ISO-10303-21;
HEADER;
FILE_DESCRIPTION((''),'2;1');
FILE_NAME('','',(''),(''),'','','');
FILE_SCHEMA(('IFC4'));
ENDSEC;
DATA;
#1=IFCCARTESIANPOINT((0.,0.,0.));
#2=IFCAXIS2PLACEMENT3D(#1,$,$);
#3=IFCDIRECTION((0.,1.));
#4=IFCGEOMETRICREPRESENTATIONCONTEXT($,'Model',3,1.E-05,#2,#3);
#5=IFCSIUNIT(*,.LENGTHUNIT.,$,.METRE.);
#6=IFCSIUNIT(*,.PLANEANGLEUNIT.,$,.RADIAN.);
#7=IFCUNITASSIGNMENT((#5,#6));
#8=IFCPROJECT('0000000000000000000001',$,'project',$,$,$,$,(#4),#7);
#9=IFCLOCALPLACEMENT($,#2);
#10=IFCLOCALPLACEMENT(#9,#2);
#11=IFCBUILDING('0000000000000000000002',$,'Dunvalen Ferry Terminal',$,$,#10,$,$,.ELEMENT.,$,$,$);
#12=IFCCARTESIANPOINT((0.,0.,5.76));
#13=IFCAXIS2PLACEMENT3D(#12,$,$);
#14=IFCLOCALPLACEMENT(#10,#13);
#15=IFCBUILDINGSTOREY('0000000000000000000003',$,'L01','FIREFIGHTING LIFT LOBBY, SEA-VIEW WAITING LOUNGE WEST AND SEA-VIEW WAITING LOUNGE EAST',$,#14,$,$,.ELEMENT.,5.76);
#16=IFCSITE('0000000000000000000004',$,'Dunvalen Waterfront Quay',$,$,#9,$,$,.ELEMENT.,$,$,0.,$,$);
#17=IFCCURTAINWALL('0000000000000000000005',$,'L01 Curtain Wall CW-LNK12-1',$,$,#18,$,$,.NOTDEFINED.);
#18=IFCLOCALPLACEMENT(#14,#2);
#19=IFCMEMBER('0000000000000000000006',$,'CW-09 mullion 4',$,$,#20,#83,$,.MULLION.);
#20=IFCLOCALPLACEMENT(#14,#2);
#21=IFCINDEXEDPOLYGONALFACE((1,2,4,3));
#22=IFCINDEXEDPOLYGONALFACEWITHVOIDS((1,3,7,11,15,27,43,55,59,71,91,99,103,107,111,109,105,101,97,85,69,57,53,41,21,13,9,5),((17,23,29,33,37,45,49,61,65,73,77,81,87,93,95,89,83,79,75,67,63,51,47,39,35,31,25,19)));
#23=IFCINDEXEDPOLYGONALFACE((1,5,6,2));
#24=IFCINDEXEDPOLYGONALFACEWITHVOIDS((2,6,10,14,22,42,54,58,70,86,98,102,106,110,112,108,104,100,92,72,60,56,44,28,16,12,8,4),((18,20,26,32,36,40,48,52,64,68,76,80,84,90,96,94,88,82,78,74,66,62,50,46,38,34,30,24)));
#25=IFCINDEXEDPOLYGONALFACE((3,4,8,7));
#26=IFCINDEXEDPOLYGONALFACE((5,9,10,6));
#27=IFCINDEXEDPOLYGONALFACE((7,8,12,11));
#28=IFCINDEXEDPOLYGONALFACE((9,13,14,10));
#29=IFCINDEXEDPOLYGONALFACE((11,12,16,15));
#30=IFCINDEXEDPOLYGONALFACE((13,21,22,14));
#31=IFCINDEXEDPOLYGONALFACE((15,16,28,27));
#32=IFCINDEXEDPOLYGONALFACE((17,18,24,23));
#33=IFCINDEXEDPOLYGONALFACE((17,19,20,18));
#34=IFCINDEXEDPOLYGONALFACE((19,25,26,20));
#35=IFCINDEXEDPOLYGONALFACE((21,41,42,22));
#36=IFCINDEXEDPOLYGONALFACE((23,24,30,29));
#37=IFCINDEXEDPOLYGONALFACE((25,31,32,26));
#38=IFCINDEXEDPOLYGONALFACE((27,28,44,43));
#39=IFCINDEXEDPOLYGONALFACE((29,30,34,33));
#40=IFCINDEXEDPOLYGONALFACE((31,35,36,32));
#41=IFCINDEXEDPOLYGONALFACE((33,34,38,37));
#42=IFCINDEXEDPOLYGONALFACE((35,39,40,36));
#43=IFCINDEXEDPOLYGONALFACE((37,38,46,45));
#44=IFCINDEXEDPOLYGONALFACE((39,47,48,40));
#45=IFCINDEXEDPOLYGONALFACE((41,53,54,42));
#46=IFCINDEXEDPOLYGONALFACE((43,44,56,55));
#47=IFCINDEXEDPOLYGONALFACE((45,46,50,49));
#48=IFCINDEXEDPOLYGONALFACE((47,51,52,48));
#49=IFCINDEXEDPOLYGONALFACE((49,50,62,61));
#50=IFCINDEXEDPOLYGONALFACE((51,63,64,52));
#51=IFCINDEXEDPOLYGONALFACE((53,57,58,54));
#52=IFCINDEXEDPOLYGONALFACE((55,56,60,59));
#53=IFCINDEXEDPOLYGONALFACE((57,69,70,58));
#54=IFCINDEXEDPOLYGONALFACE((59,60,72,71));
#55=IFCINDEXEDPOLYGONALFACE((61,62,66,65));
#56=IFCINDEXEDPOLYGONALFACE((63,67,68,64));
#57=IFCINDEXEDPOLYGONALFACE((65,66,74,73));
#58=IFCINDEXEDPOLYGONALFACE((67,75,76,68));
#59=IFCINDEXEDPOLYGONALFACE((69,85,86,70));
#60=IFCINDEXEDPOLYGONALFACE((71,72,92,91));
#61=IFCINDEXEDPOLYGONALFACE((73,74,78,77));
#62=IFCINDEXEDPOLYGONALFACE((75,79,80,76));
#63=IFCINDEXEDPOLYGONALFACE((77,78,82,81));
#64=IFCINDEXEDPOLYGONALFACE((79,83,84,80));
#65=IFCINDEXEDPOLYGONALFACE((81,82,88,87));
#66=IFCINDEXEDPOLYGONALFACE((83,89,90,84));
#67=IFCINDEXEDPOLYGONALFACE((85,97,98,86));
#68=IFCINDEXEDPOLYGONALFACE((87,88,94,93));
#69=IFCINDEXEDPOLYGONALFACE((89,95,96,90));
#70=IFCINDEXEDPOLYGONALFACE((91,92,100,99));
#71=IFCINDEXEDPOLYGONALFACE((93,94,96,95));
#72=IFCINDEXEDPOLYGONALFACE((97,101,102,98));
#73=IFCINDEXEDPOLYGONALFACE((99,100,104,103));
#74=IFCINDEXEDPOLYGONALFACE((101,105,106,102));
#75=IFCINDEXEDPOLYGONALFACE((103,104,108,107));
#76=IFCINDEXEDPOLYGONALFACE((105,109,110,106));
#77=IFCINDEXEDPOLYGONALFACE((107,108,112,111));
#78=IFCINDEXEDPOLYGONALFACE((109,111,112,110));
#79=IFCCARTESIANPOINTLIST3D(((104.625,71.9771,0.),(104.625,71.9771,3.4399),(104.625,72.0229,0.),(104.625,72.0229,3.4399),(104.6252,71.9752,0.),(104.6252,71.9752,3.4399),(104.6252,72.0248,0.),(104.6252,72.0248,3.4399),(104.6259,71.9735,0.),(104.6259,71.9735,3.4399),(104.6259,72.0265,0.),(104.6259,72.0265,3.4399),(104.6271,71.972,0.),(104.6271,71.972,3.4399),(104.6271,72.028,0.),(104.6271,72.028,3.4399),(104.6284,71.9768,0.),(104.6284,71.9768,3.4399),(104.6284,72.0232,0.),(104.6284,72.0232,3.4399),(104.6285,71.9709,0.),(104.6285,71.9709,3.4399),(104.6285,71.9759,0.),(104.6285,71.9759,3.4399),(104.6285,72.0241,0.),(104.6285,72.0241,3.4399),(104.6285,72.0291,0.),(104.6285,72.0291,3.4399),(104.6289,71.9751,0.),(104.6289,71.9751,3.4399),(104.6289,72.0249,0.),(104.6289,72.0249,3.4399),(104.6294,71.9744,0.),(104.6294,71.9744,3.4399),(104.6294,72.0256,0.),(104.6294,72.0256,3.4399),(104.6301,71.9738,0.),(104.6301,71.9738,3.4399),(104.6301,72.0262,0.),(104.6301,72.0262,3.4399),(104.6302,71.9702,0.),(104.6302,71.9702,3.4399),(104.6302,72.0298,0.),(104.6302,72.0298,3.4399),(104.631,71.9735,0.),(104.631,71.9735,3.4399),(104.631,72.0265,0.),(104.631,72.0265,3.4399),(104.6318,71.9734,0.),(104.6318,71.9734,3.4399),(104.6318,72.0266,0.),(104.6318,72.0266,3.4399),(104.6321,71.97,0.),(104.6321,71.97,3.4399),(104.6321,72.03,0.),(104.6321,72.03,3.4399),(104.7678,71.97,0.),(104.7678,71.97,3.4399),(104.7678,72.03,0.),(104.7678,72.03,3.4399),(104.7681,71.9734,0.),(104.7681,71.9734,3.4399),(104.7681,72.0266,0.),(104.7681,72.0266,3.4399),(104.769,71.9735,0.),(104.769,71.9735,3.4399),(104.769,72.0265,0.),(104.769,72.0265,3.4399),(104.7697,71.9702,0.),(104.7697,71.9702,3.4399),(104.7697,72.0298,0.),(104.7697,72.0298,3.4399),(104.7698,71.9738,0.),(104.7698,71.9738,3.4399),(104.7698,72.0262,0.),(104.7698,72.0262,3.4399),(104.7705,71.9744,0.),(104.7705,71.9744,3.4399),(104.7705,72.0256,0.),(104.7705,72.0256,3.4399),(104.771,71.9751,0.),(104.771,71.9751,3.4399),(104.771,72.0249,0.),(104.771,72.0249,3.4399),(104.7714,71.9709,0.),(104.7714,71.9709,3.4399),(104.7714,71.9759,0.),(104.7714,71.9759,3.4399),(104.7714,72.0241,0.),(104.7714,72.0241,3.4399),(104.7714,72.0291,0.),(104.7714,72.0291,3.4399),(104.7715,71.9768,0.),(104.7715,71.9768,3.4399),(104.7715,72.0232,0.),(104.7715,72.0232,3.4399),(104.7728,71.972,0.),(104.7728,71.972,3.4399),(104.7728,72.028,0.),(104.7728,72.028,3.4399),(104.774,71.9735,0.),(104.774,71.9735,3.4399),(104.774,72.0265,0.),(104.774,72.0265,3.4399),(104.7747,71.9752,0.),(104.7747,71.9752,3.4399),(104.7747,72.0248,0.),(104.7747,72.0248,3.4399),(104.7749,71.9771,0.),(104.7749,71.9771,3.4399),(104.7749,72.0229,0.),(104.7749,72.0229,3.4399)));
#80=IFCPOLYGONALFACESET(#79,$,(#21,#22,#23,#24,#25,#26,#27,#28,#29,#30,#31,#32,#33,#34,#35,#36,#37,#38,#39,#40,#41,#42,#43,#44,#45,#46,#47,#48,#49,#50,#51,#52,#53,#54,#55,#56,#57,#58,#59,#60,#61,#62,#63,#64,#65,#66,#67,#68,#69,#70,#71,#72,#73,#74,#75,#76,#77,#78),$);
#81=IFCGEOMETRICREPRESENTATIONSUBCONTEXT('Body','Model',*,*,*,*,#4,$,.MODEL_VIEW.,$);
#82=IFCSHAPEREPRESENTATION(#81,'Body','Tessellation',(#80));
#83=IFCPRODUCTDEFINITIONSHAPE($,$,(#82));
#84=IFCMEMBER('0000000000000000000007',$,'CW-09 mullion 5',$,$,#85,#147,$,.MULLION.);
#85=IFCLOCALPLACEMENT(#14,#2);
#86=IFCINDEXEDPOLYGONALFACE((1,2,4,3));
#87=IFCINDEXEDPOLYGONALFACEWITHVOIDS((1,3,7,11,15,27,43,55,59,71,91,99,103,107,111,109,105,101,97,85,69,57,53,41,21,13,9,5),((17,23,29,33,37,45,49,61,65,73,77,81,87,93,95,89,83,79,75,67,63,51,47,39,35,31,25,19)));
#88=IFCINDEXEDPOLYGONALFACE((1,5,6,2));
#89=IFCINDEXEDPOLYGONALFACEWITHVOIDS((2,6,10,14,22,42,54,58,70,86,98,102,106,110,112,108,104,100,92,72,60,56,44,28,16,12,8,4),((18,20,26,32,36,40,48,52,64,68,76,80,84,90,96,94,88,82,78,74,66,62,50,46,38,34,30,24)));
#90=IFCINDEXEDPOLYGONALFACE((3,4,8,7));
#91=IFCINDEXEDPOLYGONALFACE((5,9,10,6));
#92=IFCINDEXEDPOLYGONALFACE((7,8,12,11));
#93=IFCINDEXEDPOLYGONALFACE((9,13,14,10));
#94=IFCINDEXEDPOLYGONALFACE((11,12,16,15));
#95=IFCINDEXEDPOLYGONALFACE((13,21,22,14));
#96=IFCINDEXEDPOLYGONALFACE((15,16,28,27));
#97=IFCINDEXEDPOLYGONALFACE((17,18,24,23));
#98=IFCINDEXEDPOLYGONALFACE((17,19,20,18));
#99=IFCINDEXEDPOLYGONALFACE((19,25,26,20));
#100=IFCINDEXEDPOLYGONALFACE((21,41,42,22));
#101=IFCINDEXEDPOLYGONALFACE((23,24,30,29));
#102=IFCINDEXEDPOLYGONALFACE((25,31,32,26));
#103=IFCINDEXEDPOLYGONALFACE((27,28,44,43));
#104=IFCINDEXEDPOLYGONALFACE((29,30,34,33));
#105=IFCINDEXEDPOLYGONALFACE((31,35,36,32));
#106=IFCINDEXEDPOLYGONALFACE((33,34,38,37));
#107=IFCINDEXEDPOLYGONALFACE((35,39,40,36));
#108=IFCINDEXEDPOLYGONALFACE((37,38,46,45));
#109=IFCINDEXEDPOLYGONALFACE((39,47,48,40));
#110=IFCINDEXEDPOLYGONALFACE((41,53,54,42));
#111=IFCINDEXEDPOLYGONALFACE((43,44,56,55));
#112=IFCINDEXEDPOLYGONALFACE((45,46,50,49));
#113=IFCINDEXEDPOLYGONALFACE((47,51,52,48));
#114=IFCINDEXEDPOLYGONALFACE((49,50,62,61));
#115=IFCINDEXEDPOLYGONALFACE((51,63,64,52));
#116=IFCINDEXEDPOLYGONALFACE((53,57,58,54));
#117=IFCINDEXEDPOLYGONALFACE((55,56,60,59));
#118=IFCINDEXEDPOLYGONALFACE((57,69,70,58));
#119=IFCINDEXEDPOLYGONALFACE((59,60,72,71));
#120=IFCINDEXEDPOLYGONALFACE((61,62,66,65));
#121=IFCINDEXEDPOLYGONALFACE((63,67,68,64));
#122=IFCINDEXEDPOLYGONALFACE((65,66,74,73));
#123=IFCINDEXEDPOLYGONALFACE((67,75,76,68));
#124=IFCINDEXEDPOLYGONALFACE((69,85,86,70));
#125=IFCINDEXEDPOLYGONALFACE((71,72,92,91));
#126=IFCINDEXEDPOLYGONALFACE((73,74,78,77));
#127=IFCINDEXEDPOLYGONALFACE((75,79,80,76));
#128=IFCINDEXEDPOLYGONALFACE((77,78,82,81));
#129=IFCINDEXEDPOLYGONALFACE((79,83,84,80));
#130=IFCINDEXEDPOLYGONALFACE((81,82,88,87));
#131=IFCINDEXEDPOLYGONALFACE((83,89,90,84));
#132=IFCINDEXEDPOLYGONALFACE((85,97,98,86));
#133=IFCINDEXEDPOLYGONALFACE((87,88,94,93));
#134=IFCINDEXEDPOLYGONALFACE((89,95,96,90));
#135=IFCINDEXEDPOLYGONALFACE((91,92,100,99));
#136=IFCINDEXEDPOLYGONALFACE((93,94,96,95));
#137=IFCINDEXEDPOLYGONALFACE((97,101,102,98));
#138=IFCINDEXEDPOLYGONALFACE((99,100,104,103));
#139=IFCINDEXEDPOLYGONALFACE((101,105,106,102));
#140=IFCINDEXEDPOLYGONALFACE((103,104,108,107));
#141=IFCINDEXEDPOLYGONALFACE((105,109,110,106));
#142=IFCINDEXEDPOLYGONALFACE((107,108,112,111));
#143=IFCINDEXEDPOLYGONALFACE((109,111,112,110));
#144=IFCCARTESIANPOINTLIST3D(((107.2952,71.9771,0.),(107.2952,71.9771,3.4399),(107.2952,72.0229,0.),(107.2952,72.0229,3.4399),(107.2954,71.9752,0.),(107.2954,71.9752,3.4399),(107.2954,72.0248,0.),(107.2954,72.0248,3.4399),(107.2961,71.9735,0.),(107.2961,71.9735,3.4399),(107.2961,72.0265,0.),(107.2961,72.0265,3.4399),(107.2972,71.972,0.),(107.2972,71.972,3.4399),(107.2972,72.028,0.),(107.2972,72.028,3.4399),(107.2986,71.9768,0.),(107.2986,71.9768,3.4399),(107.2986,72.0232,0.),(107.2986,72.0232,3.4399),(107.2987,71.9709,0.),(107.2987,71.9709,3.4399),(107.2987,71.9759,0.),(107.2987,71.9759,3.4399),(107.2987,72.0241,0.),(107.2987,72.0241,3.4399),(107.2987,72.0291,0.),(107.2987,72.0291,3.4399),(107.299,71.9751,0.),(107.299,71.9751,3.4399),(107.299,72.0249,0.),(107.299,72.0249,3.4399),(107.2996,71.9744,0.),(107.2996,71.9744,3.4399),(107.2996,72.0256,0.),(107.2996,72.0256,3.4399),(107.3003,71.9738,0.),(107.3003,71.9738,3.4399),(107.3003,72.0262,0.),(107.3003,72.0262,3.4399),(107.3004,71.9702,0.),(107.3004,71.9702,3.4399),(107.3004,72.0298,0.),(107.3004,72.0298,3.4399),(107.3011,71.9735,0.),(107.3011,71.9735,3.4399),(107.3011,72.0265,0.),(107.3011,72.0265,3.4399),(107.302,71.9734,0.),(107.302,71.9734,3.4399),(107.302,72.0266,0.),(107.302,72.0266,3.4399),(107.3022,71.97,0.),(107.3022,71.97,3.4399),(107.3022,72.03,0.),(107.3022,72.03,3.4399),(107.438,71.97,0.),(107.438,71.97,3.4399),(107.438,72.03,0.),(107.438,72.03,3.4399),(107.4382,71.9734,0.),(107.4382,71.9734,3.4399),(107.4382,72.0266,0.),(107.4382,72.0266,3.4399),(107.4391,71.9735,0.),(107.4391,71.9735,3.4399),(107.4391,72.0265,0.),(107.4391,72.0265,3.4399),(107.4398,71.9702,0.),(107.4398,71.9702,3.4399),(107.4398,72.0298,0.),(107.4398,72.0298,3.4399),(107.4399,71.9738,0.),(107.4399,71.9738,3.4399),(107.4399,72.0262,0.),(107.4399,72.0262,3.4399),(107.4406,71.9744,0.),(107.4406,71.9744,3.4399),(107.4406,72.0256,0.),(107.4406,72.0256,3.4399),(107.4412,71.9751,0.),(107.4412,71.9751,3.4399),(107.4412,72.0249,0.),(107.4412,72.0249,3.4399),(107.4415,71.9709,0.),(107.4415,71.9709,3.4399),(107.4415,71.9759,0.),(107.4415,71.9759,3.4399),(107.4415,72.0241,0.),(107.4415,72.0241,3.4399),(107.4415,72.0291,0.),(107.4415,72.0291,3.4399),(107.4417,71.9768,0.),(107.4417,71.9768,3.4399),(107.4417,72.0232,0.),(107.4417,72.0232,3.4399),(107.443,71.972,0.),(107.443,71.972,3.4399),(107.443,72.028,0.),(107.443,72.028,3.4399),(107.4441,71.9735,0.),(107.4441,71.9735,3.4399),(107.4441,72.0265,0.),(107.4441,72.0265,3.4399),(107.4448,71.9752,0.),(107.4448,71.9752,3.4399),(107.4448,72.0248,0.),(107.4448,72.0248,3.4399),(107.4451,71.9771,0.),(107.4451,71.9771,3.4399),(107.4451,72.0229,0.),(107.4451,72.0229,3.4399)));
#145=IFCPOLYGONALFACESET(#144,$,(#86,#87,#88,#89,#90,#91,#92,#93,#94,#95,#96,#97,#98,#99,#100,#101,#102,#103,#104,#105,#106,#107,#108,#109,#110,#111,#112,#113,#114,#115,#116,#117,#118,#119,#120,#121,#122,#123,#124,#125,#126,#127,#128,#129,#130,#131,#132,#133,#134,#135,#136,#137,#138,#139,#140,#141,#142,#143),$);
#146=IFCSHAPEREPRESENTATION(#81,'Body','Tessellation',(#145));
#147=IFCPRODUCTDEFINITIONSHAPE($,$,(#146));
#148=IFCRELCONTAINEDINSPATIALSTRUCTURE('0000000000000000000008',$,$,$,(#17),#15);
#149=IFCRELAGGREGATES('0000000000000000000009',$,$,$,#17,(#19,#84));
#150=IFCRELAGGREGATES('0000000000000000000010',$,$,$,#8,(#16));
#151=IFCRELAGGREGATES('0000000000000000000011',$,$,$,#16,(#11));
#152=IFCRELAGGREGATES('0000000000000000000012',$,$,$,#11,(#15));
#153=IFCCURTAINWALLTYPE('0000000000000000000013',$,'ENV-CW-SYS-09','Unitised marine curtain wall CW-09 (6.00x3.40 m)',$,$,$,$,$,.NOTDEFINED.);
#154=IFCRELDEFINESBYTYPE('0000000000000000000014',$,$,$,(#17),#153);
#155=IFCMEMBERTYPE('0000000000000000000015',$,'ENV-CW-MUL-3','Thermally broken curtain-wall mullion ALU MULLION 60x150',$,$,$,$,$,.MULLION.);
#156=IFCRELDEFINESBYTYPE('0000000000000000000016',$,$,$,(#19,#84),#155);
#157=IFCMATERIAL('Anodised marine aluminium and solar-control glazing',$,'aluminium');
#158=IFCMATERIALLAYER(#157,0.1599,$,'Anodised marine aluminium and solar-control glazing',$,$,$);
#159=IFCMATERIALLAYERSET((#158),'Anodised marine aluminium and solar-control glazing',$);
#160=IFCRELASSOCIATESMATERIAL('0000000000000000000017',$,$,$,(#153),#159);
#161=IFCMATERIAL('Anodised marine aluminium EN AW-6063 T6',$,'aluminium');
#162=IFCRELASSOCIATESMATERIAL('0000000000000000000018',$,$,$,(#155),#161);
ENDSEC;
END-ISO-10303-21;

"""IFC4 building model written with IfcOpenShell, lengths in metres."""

from ifc_helpers import new_model, si_unit, direction, frame, origin, origin_2d, place, context, subcontext, project, spatial, hollow_rectangle, extrude, material, layer, layer_set, material_profile, profile_set, type_object, element, aggregate, save


model = new_model("IFC4")

# Units and contexts
model_context = context("Model", 3, precision=1e-05, world=origin(), true_north=direction((0.0, 1.0)))
body_context = subcontext(model_context, "Body", "Model", "MODEL_VIEW")
ifc_project = project(units=[si_unit("LENGTHUNIT", "METRE"), si_unit("PLANEANGLEUNIT", "RADIAN")], contexts=[model_context])

# Site, building, storey
site_placement = place(None, origin())
site = spatial("IfcSite", under=ifc_project, at=site_placement, Name="Dunvalen Waterfront Quay", CompositionType="ELEMENT", RefElevation=0.0)
building_placement = place(site_placement, origin())
building = spatial("IfcBuilding", under=site, at=building_placement, Name="Dunvalen Ferry Terminal", CompositionType="ELEMENT")
storey_placement = place(building_placement, frame((0.0, 0.0, 5.76)))
storey = spatial("IfcBuildingStorey", under=building, at=storey_placement, Name="L01", Description="FIREFIGHTING LIFT LOBBY, SEA-VIEW WAITING LOUNGE WEST AND SEA-VIEW WAITING LOUNGE EAST", CompositionType="ELEMENT", Elevation=5.76)

# Curtain wall, members
ifc_material_1 = material(Name="Anodised marine aluminium and solar-control glazing", Category="aluminium")
ifc_material_2 = material(Name="Anodised marine aluminium EN AW-6063 T6", Category="aluminium")
ifc_layer_1 = layer(ifc_material_1, 0.1599, Name="Anodised marine aluminium and solar-control glazing")
ifc_layer_set_1 = layer_set([ifc_layer_1], Name="Anodised marine aluminium and solar-control glazing")
curtain_wall_type_1 = type_object("IfcCurtainWallType", Name="ENV-CW-SYS-09", Description="Unitised marine curtain wall CW-09 (6.00x3.40 m)", PredefinedType="NOTDEFINED", material=ifc_layer_set_1)
curtain_wall_1_placement = place(storey_placement, origin())
curtain_wall_1 = element("IfcCurtainWall", 1, at=curtain_wall_1_placement, inside=storey, type_object=curtain_wall_type_1, Name="L01 Curtain Wall CW-LNK12-1", PredefinedType="NOTDEFINED")
ifc_material_profile_1 = material_profile(ifc_material_2, hollow_rectangle(XDim=0.0601, YDim=0.1499, WallThickness=0.0034, InnerFilletRadius=0.0034, OuterFilletRadius=0.0071, at=origin_2d()), Name="Anodised marine aluminium EN AW-6063 T6")
ifc_profile_set_1 = profile_set([ifc_material_profile_1], Name="Anodised marine aluminium EN AW-6063 T6")
member_type_1 = type_object("IfcMemberType", Name="ENV-CW-MUL-3", Description="Thermally broken curtain-wall mullion ALU MULLION 60x150", PredefinedType="MULLION", material=ifc_profile_set_1)
member_1_placement = place(storey_placement, frame((104.7, 72.0, 0.0), z_axis=(0.0, 0.0, 1.0), x_axis=(0.0, 1.0, 0.0)))
member_1 = element("IfcMember", 2, at=member_1_placement, type_object=member_type_1, Name="CW-09 mullion 4", PredefinedType="MULLION", context=body_context, shape_type="SweptSolid", body=[
    extrude(hollow_rectangle(XDim=0.0601, YDim=0.1499, WallThickness=0.0034, InnerFilletRadius=0.0034, OuterFilletRadius=0.0071, at=origin_2d()), origin(), (0.0, 0.0, 1.0), 3.4399),
])
member_2_placement = place(storey_placement, frame((107.3701, 72.0, 0.0), z_axis=(0.0, 0.0, 1.0), x_axis=(0.0, 1.0, 0.0)))
member_2 = element("IfcMember", 3, at=member_2_placement, type_object=member_type_1, Name="CW-09 mullion 5", PredefinedType="MULLION", context=body_context, shape_type="SweptSolid", body=[
    extrude(hollow_rectangle(XDim=0.0601, YDim=0.1499, WallThickness=0.0034, InnerFilletRadius=0.0034, OuterFilletRadius=0.0071, at=origin_2d()), origin(), (0.0, 0.0, 1.0), 3.4399),
])

aggregate(curtain_wall_1, [member_1, member_2])

save(model, "model.ifc")
